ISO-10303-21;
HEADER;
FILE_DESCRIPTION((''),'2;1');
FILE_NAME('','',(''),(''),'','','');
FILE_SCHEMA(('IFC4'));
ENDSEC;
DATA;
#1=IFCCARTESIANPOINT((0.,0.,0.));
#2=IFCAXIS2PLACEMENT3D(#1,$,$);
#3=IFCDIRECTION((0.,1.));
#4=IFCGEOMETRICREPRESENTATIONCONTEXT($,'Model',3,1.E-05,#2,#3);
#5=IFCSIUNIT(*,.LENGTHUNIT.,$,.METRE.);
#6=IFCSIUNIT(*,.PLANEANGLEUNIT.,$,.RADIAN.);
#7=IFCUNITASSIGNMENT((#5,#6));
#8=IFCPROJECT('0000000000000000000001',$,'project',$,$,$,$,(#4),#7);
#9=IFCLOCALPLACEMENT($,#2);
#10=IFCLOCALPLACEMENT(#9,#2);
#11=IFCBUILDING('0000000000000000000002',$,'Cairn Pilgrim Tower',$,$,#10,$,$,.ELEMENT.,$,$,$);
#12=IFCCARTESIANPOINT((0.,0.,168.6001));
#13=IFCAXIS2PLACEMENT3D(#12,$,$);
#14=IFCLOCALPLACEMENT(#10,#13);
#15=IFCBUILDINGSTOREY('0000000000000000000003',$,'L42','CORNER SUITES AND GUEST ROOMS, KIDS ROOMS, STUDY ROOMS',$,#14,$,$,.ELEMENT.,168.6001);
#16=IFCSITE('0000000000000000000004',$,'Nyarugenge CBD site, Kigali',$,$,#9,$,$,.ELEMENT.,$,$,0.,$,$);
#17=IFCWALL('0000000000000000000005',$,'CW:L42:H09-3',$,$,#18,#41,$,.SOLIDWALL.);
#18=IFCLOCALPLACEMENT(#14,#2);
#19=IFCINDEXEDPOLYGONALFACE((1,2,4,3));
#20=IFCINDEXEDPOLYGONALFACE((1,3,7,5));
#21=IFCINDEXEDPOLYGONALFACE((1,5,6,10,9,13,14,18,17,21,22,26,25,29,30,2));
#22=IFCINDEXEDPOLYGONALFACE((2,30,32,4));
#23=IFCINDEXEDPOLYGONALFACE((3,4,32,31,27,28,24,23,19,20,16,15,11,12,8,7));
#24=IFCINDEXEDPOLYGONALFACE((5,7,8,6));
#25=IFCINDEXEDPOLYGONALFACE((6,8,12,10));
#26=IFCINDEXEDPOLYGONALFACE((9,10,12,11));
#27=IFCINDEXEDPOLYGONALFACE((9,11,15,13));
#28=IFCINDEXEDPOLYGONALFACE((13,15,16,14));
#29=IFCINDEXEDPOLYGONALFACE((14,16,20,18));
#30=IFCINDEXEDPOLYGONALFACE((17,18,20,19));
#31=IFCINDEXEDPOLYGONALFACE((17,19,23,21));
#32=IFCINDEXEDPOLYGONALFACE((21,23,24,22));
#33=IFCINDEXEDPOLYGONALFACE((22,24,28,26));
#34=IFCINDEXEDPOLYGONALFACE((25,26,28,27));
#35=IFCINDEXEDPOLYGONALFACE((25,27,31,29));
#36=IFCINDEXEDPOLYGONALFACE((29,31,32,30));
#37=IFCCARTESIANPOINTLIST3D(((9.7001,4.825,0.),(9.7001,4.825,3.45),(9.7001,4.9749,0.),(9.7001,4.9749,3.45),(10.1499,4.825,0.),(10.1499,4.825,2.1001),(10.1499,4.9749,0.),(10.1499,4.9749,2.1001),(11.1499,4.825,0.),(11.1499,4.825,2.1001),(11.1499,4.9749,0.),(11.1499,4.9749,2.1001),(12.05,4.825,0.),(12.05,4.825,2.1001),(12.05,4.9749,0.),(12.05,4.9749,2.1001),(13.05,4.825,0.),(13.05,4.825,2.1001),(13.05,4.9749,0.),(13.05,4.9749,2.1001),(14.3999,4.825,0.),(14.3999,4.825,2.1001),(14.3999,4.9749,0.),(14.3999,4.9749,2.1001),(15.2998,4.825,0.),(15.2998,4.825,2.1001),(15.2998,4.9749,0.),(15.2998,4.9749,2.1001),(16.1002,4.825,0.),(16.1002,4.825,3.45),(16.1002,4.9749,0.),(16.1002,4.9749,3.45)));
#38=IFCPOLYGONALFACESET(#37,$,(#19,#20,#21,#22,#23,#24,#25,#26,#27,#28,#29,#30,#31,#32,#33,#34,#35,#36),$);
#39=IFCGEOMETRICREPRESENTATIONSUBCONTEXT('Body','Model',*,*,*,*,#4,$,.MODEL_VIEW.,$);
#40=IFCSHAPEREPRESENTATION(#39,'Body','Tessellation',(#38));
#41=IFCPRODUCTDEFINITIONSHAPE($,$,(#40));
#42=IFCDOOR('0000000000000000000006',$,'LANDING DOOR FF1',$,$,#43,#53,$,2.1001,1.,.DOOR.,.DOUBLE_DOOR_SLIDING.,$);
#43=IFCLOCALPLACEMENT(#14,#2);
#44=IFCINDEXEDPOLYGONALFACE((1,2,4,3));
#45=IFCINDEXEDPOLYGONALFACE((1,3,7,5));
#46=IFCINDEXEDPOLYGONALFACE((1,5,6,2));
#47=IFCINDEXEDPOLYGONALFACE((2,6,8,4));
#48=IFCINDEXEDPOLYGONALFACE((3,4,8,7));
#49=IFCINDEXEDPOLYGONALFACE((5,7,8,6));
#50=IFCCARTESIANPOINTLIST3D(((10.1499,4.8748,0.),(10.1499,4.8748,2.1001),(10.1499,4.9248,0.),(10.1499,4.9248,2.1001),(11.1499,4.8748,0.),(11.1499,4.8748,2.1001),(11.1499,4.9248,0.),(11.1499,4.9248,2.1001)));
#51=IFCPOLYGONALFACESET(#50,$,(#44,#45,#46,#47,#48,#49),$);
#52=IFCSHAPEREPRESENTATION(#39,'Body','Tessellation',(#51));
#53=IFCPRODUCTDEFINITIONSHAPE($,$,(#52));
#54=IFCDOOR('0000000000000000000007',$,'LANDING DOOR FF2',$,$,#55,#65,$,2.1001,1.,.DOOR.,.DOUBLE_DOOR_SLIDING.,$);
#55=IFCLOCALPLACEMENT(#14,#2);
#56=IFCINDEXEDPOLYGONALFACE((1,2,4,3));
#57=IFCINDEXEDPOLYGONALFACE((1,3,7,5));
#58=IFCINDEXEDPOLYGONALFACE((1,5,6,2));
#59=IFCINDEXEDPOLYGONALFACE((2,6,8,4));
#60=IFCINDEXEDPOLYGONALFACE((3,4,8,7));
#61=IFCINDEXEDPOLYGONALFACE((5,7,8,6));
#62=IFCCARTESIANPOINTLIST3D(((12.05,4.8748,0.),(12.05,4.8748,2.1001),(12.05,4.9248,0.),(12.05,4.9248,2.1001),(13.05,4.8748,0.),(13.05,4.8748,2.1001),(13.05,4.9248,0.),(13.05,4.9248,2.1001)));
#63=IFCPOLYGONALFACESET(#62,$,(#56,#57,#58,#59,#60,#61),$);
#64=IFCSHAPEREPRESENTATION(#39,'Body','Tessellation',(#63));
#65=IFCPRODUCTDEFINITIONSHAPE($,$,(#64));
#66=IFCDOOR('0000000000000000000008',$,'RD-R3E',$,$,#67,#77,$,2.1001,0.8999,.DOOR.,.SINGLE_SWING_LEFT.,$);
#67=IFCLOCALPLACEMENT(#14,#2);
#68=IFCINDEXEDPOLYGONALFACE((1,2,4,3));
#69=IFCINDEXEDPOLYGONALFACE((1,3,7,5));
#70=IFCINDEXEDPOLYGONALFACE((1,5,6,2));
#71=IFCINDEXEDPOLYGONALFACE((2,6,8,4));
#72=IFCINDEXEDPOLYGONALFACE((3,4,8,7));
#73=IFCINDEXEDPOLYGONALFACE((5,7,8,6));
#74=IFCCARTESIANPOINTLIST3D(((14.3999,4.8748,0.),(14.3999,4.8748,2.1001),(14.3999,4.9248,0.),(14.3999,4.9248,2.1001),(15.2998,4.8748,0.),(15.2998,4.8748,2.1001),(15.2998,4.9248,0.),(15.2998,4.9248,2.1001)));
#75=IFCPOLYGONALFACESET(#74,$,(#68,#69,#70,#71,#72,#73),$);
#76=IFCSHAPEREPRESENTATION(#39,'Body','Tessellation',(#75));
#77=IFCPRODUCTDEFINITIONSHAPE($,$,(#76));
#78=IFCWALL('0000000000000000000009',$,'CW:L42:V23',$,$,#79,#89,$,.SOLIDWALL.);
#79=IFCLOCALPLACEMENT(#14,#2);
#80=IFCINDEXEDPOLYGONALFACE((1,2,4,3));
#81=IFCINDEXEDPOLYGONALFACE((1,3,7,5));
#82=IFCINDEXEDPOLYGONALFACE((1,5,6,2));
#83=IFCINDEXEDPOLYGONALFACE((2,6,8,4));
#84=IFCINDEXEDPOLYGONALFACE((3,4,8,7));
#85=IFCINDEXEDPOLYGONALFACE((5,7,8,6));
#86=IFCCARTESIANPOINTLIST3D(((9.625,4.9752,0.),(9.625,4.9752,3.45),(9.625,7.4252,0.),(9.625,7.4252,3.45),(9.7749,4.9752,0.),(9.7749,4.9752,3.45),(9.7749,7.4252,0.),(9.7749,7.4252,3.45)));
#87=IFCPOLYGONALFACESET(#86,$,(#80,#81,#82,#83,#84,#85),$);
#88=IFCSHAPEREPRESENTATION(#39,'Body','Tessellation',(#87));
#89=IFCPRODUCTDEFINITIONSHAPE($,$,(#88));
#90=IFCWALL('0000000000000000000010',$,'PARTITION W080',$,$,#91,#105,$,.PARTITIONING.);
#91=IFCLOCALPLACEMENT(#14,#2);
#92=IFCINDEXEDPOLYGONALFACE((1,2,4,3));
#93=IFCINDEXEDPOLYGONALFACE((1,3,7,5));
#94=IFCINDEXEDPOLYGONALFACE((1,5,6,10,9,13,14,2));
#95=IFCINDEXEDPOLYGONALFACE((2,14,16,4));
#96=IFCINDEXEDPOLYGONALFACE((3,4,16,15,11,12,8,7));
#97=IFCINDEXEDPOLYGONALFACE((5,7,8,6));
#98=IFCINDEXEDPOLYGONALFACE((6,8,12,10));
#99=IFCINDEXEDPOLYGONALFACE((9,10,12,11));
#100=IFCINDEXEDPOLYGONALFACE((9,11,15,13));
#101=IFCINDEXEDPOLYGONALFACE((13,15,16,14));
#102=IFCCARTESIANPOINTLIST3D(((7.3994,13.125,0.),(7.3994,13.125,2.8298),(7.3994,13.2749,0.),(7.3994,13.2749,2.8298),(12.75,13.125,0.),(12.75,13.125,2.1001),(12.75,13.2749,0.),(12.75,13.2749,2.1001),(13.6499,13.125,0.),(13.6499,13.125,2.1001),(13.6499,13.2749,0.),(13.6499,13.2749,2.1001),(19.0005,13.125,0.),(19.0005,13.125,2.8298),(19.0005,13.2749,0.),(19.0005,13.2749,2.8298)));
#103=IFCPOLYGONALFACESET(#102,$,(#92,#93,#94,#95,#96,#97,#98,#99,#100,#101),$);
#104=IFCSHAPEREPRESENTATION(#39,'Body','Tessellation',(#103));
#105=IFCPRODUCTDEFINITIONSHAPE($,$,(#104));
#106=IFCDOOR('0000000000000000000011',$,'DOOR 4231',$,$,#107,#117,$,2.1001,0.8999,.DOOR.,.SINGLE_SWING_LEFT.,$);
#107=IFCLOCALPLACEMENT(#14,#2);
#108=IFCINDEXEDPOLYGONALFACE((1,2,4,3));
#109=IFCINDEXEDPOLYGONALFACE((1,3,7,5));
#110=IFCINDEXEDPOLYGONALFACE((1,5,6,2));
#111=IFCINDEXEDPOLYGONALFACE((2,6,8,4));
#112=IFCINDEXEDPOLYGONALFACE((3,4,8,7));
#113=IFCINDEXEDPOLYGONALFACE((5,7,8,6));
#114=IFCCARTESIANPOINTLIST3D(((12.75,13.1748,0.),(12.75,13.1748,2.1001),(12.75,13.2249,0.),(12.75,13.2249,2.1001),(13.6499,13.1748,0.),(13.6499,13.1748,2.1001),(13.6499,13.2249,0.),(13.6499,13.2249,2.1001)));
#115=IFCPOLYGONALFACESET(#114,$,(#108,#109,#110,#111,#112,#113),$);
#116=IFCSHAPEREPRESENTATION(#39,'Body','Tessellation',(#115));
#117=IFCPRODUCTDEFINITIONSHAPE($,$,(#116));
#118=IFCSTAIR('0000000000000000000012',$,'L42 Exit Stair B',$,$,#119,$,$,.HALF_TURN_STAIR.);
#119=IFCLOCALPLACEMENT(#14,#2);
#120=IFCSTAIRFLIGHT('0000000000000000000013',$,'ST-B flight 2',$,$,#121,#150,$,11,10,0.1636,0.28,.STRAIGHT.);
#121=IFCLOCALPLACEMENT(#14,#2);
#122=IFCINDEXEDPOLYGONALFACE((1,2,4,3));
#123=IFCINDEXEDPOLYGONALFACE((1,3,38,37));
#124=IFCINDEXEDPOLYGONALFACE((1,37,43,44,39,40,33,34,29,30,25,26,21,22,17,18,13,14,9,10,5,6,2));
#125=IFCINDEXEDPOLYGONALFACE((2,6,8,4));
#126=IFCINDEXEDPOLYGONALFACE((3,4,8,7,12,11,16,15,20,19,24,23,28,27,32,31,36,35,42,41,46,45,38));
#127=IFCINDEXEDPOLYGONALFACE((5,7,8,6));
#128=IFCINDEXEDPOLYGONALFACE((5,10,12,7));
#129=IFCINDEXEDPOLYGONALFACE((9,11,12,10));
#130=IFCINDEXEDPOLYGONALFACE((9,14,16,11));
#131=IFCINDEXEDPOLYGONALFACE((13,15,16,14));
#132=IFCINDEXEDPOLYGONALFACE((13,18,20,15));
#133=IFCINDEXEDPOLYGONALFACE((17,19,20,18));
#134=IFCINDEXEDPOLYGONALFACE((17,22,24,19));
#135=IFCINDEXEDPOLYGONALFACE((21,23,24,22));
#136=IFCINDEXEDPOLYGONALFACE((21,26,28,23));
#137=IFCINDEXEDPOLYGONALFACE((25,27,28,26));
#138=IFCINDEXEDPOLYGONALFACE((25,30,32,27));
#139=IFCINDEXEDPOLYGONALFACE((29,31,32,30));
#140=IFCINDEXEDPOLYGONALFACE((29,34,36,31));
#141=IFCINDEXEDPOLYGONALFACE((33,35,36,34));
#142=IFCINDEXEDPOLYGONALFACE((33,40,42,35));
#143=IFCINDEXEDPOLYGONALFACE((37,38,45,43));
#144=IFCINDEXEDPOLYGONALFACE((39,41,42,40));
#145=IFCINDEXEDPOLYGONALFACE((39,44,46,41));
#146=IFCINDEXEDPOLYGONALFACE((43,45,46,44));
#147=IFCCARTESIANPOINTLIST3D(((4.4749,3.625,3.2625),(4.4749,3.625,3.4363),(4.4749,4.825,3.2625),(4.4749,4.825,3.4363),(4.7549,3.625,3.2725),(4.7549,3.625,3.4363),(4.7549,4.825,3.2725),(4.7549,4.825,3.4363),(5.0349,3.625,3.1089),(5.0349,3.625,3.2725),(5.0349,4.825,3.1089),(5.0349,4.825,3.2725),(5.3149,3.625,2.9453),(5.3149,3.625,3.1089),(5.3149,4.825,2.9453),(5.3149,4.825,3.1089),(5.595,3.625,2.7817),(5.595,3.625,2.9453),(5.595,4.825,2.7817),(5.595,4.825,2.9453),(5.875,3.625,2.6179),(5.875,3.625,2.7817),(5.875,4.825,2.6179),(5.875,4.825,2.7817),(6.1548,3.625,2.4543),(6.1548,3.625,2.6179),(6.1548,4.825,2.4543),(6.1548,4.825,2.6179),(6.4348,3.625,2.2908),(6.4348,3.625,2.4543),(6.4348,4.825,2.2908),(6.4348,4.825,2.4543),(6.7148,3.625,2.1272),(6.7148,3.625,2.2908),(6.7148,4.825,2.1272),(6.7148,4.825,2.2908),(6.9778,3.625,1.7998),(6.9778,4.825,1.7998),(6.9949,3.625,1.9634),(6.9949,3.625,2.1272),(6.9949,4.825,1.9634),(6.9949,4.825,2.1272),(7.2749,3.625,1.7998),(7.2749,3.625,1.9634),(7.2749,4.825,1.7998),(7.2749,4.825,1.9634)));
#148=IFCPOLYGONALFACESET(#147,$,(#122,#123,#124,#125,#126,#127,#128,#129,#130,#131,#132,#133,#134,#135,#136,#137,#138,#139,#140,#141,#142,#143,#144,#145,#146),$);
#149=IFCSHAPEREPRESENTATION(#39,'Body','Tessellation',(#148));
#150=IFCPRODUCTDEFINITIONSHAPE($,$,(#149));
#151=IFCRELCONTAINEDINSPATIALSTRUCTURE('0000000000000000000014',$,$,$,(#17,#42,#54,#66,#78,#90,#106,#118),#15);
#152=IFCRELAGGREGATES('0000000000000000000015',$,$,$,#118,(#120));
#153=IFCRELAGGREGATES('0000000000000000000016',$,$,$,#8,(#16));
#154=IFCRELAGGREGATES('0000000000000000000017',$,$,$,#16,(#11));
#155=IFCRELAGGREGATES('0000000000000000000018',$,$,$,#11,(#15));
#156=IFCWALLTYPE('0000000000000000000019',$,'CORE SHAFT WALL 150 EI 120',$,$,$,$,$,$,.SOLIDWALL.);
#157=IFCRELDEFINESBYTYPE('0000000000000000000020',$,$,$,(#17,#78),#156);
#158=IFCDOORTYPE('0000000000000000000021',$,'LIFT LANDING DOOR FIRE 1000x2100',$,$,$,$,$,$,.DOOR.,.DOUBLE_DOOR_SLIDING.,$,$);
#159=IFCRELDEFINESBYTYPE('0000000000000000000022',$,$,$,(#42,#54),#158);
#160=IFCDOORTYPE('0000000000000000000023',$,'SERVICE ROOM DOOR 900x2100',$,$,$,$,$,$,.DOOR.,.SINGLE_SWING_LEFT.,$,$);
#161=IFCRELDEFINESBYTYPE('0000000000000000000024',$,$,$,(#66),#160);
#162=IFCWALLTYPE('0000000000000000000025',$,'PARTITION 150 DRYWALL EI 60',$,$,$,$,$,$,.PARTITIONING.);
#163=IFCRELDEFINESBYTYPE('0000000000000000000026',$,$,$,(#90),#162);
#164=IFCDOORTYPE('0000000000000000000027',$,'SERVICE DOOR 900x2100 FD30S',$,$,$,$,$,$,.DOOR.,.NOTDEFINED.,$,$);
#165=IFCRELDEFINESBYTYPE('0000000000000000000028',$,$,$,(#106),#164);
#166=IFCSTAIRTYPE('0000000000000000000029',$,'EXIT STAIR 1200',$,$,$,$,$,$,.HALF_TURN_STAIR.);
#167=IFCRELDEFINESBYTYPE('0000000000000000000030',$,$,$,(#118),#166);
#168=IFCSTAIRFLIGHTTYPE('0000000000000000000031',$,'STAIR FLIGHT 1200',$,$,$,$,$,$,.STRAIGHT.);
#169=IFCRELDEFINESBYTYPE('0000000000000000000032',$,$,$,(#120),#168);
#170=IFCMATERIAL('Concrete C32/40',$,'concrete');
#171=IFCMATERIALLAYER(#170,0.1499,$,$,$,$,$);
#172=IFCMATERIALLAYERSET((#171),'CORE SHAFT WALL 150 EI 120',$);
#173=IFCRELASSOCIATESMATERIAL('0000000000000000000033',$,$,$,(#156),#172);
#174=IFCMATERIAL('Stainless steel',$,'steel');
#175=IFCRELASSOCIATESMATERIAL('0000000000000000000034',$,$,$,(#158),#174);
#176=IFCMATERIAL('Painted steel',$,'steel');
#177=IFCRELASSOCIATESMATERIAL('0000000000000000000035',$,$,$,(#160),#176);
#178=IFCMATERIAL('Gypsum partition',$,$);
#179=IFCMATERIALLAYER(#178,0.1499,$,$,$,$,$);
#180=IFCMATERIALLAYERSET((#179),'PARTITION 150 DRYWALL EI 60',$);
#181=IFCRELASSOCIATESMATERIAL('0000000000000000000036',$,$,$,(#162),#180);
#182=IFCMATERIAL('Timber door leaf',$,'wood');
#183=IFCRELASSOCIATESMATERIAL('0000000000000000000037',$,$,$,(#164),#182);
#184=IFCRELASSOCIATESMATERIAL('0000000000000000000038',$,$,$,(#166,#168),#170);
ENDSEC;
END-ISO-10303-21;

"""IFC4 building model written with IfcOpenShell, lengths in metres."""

from ifc_helpers import new_model, si_unit, direction, frame, frame_2d, origin, place, context, subcontext, project, spatial, polyline, rectangle, outline, extrude, material, layer, layer_set, type_object, element, fill, aggregate, save


model = new_model("IFC4")

# Units and contexts
model_context = context("Model", 3, precision=1e-05, world=origin(), true_north=direction((0.0, 1.0)))
body_context = subcontext(model_context, "Body", "Model", "MODEL_VIEW")
ifc_project = project(units=[si_unit("LENGTHUNIT", "METRE"), si_unit("PLANEANGLEUNIT", "RADIAN")], contexts=[model_context])

# Site, building, storey
site_placement = place(None, origin())
site = spatial("IfcSite", under=ifc_project, at=site_placement, Name="Nyarugenge CBD site, Kigali", CompositionType="ELEMENT", RefElevation=0.0)
building_placement = place(site_placement, origin())
building = spatial("IfcBuilding", under=site, at=building_placement, Name="Cairn Pilgrim Tower", CompositionType="ELEMENT")
storey_placement = place(building_placement, frame((0.0, 0.0, 168.6001)))
storey = spatial("IfcBuildingStorey", under=building, at=storey_placement, Name="L42", Description="CORNER SUITES AND GUEST ROOMS, KIDS ROOMS, STUDY ROOMS", CompositionType="ELEMENT", Elevation=168.6001)

# Wall, openings, doors
ifc_material_1 = material(Name="Concrete C32/40", Category="concrete")
ifc_layer_1 = layer(ifc_material_1, 0.1499)
ifc_layer_set_1 = layer_set([ifc_layer_1], Name="CORE SHAFT WALL 150 EI 120")
wall_type_1 = type_object("IfcWallType", Name="CORE SHAFT WALL 150 EI 120", PredefinedType="SOLIDWALL", material=ifc_layer_set_1)
wall_1_placement = place(storey_placement, frame((9.7, 4.8999, 0.0), z_axis=(0.0, 0.0, 1.0), x_axis=(1.0, 0.0, 0.0)))
wall_1 = element("IfcWall", 1, at=wall_1_placement, inside=storey, type_object=wall_type_1, Name="CW:L42:H09-3", PredefinedType="SOLIDWALL", context=body_context, shape_type="SweptSolid", body=[
    extrude(rectangle(XDim=6.4001, YDim=0.1499, at=frame_2d((3.2002, 0.0))), origin(), (0.0, 0.0, 1.0), 3.45),
])
opening_1_placement = place(wall_1_placement, frame((0.45, 0.0, 0.0)))
opening_1 = element("IfcOpeningElement", 2, at=opening_1_placement, cuts=wall_1, PredefinedType="OPENING", context=body_context, shape_type="SweptSolid", body=[
    extrude(rectangle(XDim=1.0, YDim=2.1001, at=frame_2d((0.5, 1.05))), frame((0.0, 0.085, 0.0), z_axis=(0.0, -1.0, 0.0), x_axis=(1.0, 0.0, 0.0)), (0.0, 0.0, 1.0), 0.1699),
])
opening_2_placement = place(wall_1_placement, frame((2.3501, 0.0, 0.0)))
opening_2 = element("IfcOpeningElement", 3, at=opening_2_placement, cuts=wall_1, PredefinedType="OPENING", context=body_context, shape_type="SweptSolid", body=[
    extrude(rectangle(XDim=1.0, YDim=2.1001, at=frame_2d((0.5, 1.05))), frame((0.0, 0.085, 0.0), z_axis=(0.0, -1.0, 0.0), x_axis=(1.0, 0.0, 0.0)), (0.0, 0.0, 1.0), 0.1699),
])
opening_3_placement = place(wall_1_placement, frame((4.7, 0.0, 0.0)))
opening_3 = element("IfcOpeningElement", 4, at=opening_3_placement, cuts=wall_1, PredefinedType="OPENING", context=body_context, shape_type="SweptSolid", body=[
    extrude(rectangle(XDim=0.8999, YDim=2.1001, at=frame_2d((0.45, 1.05))), frame((0.0, 0.085, 0.0), z_axis=(0.0, -1.0, 0.0), x_axis=(1.0, 0.0, 0.0)), (0.0, 0.0, 1.0), 0.1699),
])
ifc_material_2 = material(Name="Stainless steel", Category="steel")
door_type_1 = type_object("IfcDoorType", Name="LIFT LANDING DOOR FIRE 1000x2100", OperationType="DOUBLE_DOOR_SLIDING", PredefinedType="DOOR", material=ifc_material_2)
door_1_placement = place(opening_1_placement, origin())
door_1 = element("IfcDoor", 5, at=door_1_placement, inside=storey, type_object=door_type_1, Name="LANDING DOOR FF1", OperationType="DOUBLE_DOOR_SLIDING", OverallHeight=2.1001, OverallWidth=1.0, PredefinedType="DOOR", context=body_context, shape_type="SweptSolid", body=[
    extrude(rectangle(XDim=1.0, YDim=2.1001, at=frame_2d((0.5, 1.05))), frame((0.0, 0.0249, 0.0), z_axis=(0.0, -1.0, 0.0), x_axis=(1.0, 0.0, 0.0)), (0.0, 0.0, 1.0), 0.05),
])
fill(opening_1, door_1)
door_2_placement = place(opening_2_placement, origin())
door_2 = element("IfcDoor", 6, at=door_2_placement, inside=storey, type_object=door_type_1, Name="LANDING DOOR FF2", OperationType="DOUBLE_DOOR_SLIDING", OverallHeight=2.1001, OverallWidth=1.0, PredefinedType="DOOR", context=body_context, shape_type="SweptSolid", body=[
    extrude(rectangle(XDim=1.0, YDim=2.1001, at=frame_2d((0.5, 1.05))), frame((0.0, 0.0249, 0.0), z_axis=(0.0, -1.0, 0.0), x_axis=(1.0, 0.0, 0.0)), (0.0, 0.0, 1.0), 0.05),
])
fill(opening_2, door_2)
ifc_material_3 = material(Name="Painted steel", Category="steel")
door_type_2 = type_object("IfcDoorType", Name="SERVICE ROOM DOOR 900x2100", OperationType="SINGLE_SWING_LEFT", PredefinedType="DOOR", material=ifc_material_3)
door_3_placement = place(opening_3_placement, origin())
door_3 = element("IfcDoor", 7, at=door_3_placement, inside=storey, type_object=door_type_2, Name="RD-R3E", OperationType="SINGLE_SWING_LEFT", OverallHeight=2.1001, OverallWidth=0.8999, PredefinedType="DOOR", context=body_context, shape_type="SweptSolid", body=[
    extrude(rectangle(XDim=0.8999, YDim=2.1001, at=frame_2d((0.45, 1.05))), frame((0.0, 0.0249, 0.0), z_axis=(0.0, -1.0, 0.0), x_axis=(1.0, 0.0, 0.0)), (0.0, 0.0, 1.0), 0.05),
])
fill(opening_3, door_3)

# Wall
wall_2_placement = place(storey_placement, frame((9.7, 4.9751, 0.0), z_axis=(0.0, 0.0, 1.0), x_axis=(0.0, 1.0, 0.0)))
element("IfcWall", 8, at=wall_2_placement, inside=storey, type_object=wall_type_1, Name="CW:L42:V23", PredefinedType="SOLIDWALL", context=body_context, shape_type="SweptSolid", body=[
    extrude(rectangle(XDim=2.45, YDim=0.1499, at=frame_2d((1.2251, 0.0))), origin(), (0.0, 0.0, 1.0), 3.45),
])

# Wall, opening, door
ifc_material_4 = material(Name="Gypsum partition")
ifc_layer_2 = layer(ifc_material_4, 0.1499)
ifc_layer_set_2 = layer_set([ifc_layer_2], Name="PARTITION 150 DRYWALL EI 60")
wall_type_2 = type_object("IfcWallType", Name="PARTITION 150 DRYWALL EI 60", PredefinedType="PARTITIONING", material=ifc_layer_set_2)
wall_3_placement = place(storey_placement, frame((7.3994, 13.2, 0.0), z_axis=(0.0, 0.0, 1.0), x_axis=(1.0, 0.0, 0.0)))
wall_3 = element("IfcWall", 9, at=wall_3_placement, inside=storey, type_object=wall_type_2, Name="PARTITION W080", PredefinedType="PARTITIONING", context=body_context, shape_type="SweptSolid", body=[
    extrude(rectangle(XDim=11.6011, YDim=0.1499, at=frame_2d((5.8005, 0.0))), origin(), (0.0, 0.0, 1.0), 2.8298),
])
opening_4_placement = place(wall_3_placement, frame((5.3506, 0.0, 0.0)))
opening_4 = element("IfcOpeningElement", 10, at=opening_4_placement, cuts=wall_3, PredefinedType="OPENING", context=body_context, shape_type="SweptSolid", body=[
    extrude(rectangle(XDim=0.8999, YDim=2.1001, at=frame_2d((0.45, 1.05))), frame((0.0, 0.085, 0.0), z_axis=(0.0, -1.0, 0.0), x_axis=(1.0, 0.0, 0.0)), (0.0, 0.0, 1.0), 0.1699),
])
ifc_material_5 = material(Name="Timber door leaf", Category="wood")
door_type_3 = type_object("IfcDoorType", Name="SERVICE DOOR 900x2100 FD30S", OperationType="NOTDEFINED", PredefinedType="DOOR", material=ifc_material_5)
door_4_placement = place(opening_4_placement, origin())
door_4 = element("IfcDoor", 11, at=door_4_placement, inside=storey, type_object=door_type_3, Name="DOOR 4231", OperationType="SINGLE_SWING_LEFT", OverallHeight=2.1001, OverallWidth=0.8999, PredefinedType="DOOR", context=body_context, shape_type="SweptSolid", body=[
    extrude(rectangle(XDim=0.8999, YDim=2.1001, at=frame_2d((0.45, 1.05))), frame((0.0, 0.0249, 0.0), z_axis=(0.0, -1.0, 0.0), x_axis=(1.0, 0.0, 0.0)), (0.0, 0.0, 1.0), 0.05),
])
fill(opening_4, door_4)

# Stair, stair flight
stair_type = type_object("IfcStairType", Name="EXIT STAIR 1200", PredefinedType="HALF_TURN_STAIR", material=ifc_material_1)
stair_1_placement = place(storey_placement, origin())
stair_1 = element("IfcStair", 12, at=stair_1_placement, inside=storey, type_object=stair_type, Name="L42 Exit Stair B", PredefinedType="HALF_TURN_STAIR")
stair_flight_type = type_object("IfcStairFlightType", Name="STAIR FLIGHT 1200", PredefinedType="STRAIGHT", material=ifc_material_1)
stair_flight_1_placement = place(storey_placement, frame((7.2749, 4.2251, 1.7998), z_axis=(0.0, 0.0, 1.0), x_axis=(-1.0, 0.0, 0.0)))
stair_flight_1 = element("IfcStairFlight", 13, at=stair_flight_1_placement, type_object=stair_flight_type, Name="ST-B flight 2", NumberOfRisers=11, NumberOfTreads=10, PredefinedType="STRAIGHT", RiserHeight=0.1636, TreadLength=0.28, context=body_context, shape_type="SweptSolid", body=[
    extrude(outline(polyline([(0.0, 0.0), (0.0, 0.1636), (0.28, 0.1636), (0.28, 0.3274), (0.5601, 0.3274), (0.5601, 0.491), (0.8401, 0.491), (0.8401, 0.6545), (1.1201, 0.6545), (1.1201, 0.8181), (1.3999, 0.8181), (1.3999, 0.9819), (1.6799, 0.9819), (1.6799, 1.1455), (1.96, 1.1455), (1.96, 1.3091), (2.24, 1.3091), (2.24, 1.4727), (2.52, 1.4727), (2.52, 1.6365), (2.8, 1.6365), (2.8, 1.8), (2.8, 1.4626), (0.2971, 0.0), (0.0, 0.0)])), frame((0.0, 0.6001, 0.0), z_axis=(0.0, -1.0, 0.0), x_axis=(1.0, 0.0, 0.0)), (0.0, 0.0, 1.0), 1.2),
])
aggregate(stair_1, [stair_flight_1])

save(model, "model.ifc")
